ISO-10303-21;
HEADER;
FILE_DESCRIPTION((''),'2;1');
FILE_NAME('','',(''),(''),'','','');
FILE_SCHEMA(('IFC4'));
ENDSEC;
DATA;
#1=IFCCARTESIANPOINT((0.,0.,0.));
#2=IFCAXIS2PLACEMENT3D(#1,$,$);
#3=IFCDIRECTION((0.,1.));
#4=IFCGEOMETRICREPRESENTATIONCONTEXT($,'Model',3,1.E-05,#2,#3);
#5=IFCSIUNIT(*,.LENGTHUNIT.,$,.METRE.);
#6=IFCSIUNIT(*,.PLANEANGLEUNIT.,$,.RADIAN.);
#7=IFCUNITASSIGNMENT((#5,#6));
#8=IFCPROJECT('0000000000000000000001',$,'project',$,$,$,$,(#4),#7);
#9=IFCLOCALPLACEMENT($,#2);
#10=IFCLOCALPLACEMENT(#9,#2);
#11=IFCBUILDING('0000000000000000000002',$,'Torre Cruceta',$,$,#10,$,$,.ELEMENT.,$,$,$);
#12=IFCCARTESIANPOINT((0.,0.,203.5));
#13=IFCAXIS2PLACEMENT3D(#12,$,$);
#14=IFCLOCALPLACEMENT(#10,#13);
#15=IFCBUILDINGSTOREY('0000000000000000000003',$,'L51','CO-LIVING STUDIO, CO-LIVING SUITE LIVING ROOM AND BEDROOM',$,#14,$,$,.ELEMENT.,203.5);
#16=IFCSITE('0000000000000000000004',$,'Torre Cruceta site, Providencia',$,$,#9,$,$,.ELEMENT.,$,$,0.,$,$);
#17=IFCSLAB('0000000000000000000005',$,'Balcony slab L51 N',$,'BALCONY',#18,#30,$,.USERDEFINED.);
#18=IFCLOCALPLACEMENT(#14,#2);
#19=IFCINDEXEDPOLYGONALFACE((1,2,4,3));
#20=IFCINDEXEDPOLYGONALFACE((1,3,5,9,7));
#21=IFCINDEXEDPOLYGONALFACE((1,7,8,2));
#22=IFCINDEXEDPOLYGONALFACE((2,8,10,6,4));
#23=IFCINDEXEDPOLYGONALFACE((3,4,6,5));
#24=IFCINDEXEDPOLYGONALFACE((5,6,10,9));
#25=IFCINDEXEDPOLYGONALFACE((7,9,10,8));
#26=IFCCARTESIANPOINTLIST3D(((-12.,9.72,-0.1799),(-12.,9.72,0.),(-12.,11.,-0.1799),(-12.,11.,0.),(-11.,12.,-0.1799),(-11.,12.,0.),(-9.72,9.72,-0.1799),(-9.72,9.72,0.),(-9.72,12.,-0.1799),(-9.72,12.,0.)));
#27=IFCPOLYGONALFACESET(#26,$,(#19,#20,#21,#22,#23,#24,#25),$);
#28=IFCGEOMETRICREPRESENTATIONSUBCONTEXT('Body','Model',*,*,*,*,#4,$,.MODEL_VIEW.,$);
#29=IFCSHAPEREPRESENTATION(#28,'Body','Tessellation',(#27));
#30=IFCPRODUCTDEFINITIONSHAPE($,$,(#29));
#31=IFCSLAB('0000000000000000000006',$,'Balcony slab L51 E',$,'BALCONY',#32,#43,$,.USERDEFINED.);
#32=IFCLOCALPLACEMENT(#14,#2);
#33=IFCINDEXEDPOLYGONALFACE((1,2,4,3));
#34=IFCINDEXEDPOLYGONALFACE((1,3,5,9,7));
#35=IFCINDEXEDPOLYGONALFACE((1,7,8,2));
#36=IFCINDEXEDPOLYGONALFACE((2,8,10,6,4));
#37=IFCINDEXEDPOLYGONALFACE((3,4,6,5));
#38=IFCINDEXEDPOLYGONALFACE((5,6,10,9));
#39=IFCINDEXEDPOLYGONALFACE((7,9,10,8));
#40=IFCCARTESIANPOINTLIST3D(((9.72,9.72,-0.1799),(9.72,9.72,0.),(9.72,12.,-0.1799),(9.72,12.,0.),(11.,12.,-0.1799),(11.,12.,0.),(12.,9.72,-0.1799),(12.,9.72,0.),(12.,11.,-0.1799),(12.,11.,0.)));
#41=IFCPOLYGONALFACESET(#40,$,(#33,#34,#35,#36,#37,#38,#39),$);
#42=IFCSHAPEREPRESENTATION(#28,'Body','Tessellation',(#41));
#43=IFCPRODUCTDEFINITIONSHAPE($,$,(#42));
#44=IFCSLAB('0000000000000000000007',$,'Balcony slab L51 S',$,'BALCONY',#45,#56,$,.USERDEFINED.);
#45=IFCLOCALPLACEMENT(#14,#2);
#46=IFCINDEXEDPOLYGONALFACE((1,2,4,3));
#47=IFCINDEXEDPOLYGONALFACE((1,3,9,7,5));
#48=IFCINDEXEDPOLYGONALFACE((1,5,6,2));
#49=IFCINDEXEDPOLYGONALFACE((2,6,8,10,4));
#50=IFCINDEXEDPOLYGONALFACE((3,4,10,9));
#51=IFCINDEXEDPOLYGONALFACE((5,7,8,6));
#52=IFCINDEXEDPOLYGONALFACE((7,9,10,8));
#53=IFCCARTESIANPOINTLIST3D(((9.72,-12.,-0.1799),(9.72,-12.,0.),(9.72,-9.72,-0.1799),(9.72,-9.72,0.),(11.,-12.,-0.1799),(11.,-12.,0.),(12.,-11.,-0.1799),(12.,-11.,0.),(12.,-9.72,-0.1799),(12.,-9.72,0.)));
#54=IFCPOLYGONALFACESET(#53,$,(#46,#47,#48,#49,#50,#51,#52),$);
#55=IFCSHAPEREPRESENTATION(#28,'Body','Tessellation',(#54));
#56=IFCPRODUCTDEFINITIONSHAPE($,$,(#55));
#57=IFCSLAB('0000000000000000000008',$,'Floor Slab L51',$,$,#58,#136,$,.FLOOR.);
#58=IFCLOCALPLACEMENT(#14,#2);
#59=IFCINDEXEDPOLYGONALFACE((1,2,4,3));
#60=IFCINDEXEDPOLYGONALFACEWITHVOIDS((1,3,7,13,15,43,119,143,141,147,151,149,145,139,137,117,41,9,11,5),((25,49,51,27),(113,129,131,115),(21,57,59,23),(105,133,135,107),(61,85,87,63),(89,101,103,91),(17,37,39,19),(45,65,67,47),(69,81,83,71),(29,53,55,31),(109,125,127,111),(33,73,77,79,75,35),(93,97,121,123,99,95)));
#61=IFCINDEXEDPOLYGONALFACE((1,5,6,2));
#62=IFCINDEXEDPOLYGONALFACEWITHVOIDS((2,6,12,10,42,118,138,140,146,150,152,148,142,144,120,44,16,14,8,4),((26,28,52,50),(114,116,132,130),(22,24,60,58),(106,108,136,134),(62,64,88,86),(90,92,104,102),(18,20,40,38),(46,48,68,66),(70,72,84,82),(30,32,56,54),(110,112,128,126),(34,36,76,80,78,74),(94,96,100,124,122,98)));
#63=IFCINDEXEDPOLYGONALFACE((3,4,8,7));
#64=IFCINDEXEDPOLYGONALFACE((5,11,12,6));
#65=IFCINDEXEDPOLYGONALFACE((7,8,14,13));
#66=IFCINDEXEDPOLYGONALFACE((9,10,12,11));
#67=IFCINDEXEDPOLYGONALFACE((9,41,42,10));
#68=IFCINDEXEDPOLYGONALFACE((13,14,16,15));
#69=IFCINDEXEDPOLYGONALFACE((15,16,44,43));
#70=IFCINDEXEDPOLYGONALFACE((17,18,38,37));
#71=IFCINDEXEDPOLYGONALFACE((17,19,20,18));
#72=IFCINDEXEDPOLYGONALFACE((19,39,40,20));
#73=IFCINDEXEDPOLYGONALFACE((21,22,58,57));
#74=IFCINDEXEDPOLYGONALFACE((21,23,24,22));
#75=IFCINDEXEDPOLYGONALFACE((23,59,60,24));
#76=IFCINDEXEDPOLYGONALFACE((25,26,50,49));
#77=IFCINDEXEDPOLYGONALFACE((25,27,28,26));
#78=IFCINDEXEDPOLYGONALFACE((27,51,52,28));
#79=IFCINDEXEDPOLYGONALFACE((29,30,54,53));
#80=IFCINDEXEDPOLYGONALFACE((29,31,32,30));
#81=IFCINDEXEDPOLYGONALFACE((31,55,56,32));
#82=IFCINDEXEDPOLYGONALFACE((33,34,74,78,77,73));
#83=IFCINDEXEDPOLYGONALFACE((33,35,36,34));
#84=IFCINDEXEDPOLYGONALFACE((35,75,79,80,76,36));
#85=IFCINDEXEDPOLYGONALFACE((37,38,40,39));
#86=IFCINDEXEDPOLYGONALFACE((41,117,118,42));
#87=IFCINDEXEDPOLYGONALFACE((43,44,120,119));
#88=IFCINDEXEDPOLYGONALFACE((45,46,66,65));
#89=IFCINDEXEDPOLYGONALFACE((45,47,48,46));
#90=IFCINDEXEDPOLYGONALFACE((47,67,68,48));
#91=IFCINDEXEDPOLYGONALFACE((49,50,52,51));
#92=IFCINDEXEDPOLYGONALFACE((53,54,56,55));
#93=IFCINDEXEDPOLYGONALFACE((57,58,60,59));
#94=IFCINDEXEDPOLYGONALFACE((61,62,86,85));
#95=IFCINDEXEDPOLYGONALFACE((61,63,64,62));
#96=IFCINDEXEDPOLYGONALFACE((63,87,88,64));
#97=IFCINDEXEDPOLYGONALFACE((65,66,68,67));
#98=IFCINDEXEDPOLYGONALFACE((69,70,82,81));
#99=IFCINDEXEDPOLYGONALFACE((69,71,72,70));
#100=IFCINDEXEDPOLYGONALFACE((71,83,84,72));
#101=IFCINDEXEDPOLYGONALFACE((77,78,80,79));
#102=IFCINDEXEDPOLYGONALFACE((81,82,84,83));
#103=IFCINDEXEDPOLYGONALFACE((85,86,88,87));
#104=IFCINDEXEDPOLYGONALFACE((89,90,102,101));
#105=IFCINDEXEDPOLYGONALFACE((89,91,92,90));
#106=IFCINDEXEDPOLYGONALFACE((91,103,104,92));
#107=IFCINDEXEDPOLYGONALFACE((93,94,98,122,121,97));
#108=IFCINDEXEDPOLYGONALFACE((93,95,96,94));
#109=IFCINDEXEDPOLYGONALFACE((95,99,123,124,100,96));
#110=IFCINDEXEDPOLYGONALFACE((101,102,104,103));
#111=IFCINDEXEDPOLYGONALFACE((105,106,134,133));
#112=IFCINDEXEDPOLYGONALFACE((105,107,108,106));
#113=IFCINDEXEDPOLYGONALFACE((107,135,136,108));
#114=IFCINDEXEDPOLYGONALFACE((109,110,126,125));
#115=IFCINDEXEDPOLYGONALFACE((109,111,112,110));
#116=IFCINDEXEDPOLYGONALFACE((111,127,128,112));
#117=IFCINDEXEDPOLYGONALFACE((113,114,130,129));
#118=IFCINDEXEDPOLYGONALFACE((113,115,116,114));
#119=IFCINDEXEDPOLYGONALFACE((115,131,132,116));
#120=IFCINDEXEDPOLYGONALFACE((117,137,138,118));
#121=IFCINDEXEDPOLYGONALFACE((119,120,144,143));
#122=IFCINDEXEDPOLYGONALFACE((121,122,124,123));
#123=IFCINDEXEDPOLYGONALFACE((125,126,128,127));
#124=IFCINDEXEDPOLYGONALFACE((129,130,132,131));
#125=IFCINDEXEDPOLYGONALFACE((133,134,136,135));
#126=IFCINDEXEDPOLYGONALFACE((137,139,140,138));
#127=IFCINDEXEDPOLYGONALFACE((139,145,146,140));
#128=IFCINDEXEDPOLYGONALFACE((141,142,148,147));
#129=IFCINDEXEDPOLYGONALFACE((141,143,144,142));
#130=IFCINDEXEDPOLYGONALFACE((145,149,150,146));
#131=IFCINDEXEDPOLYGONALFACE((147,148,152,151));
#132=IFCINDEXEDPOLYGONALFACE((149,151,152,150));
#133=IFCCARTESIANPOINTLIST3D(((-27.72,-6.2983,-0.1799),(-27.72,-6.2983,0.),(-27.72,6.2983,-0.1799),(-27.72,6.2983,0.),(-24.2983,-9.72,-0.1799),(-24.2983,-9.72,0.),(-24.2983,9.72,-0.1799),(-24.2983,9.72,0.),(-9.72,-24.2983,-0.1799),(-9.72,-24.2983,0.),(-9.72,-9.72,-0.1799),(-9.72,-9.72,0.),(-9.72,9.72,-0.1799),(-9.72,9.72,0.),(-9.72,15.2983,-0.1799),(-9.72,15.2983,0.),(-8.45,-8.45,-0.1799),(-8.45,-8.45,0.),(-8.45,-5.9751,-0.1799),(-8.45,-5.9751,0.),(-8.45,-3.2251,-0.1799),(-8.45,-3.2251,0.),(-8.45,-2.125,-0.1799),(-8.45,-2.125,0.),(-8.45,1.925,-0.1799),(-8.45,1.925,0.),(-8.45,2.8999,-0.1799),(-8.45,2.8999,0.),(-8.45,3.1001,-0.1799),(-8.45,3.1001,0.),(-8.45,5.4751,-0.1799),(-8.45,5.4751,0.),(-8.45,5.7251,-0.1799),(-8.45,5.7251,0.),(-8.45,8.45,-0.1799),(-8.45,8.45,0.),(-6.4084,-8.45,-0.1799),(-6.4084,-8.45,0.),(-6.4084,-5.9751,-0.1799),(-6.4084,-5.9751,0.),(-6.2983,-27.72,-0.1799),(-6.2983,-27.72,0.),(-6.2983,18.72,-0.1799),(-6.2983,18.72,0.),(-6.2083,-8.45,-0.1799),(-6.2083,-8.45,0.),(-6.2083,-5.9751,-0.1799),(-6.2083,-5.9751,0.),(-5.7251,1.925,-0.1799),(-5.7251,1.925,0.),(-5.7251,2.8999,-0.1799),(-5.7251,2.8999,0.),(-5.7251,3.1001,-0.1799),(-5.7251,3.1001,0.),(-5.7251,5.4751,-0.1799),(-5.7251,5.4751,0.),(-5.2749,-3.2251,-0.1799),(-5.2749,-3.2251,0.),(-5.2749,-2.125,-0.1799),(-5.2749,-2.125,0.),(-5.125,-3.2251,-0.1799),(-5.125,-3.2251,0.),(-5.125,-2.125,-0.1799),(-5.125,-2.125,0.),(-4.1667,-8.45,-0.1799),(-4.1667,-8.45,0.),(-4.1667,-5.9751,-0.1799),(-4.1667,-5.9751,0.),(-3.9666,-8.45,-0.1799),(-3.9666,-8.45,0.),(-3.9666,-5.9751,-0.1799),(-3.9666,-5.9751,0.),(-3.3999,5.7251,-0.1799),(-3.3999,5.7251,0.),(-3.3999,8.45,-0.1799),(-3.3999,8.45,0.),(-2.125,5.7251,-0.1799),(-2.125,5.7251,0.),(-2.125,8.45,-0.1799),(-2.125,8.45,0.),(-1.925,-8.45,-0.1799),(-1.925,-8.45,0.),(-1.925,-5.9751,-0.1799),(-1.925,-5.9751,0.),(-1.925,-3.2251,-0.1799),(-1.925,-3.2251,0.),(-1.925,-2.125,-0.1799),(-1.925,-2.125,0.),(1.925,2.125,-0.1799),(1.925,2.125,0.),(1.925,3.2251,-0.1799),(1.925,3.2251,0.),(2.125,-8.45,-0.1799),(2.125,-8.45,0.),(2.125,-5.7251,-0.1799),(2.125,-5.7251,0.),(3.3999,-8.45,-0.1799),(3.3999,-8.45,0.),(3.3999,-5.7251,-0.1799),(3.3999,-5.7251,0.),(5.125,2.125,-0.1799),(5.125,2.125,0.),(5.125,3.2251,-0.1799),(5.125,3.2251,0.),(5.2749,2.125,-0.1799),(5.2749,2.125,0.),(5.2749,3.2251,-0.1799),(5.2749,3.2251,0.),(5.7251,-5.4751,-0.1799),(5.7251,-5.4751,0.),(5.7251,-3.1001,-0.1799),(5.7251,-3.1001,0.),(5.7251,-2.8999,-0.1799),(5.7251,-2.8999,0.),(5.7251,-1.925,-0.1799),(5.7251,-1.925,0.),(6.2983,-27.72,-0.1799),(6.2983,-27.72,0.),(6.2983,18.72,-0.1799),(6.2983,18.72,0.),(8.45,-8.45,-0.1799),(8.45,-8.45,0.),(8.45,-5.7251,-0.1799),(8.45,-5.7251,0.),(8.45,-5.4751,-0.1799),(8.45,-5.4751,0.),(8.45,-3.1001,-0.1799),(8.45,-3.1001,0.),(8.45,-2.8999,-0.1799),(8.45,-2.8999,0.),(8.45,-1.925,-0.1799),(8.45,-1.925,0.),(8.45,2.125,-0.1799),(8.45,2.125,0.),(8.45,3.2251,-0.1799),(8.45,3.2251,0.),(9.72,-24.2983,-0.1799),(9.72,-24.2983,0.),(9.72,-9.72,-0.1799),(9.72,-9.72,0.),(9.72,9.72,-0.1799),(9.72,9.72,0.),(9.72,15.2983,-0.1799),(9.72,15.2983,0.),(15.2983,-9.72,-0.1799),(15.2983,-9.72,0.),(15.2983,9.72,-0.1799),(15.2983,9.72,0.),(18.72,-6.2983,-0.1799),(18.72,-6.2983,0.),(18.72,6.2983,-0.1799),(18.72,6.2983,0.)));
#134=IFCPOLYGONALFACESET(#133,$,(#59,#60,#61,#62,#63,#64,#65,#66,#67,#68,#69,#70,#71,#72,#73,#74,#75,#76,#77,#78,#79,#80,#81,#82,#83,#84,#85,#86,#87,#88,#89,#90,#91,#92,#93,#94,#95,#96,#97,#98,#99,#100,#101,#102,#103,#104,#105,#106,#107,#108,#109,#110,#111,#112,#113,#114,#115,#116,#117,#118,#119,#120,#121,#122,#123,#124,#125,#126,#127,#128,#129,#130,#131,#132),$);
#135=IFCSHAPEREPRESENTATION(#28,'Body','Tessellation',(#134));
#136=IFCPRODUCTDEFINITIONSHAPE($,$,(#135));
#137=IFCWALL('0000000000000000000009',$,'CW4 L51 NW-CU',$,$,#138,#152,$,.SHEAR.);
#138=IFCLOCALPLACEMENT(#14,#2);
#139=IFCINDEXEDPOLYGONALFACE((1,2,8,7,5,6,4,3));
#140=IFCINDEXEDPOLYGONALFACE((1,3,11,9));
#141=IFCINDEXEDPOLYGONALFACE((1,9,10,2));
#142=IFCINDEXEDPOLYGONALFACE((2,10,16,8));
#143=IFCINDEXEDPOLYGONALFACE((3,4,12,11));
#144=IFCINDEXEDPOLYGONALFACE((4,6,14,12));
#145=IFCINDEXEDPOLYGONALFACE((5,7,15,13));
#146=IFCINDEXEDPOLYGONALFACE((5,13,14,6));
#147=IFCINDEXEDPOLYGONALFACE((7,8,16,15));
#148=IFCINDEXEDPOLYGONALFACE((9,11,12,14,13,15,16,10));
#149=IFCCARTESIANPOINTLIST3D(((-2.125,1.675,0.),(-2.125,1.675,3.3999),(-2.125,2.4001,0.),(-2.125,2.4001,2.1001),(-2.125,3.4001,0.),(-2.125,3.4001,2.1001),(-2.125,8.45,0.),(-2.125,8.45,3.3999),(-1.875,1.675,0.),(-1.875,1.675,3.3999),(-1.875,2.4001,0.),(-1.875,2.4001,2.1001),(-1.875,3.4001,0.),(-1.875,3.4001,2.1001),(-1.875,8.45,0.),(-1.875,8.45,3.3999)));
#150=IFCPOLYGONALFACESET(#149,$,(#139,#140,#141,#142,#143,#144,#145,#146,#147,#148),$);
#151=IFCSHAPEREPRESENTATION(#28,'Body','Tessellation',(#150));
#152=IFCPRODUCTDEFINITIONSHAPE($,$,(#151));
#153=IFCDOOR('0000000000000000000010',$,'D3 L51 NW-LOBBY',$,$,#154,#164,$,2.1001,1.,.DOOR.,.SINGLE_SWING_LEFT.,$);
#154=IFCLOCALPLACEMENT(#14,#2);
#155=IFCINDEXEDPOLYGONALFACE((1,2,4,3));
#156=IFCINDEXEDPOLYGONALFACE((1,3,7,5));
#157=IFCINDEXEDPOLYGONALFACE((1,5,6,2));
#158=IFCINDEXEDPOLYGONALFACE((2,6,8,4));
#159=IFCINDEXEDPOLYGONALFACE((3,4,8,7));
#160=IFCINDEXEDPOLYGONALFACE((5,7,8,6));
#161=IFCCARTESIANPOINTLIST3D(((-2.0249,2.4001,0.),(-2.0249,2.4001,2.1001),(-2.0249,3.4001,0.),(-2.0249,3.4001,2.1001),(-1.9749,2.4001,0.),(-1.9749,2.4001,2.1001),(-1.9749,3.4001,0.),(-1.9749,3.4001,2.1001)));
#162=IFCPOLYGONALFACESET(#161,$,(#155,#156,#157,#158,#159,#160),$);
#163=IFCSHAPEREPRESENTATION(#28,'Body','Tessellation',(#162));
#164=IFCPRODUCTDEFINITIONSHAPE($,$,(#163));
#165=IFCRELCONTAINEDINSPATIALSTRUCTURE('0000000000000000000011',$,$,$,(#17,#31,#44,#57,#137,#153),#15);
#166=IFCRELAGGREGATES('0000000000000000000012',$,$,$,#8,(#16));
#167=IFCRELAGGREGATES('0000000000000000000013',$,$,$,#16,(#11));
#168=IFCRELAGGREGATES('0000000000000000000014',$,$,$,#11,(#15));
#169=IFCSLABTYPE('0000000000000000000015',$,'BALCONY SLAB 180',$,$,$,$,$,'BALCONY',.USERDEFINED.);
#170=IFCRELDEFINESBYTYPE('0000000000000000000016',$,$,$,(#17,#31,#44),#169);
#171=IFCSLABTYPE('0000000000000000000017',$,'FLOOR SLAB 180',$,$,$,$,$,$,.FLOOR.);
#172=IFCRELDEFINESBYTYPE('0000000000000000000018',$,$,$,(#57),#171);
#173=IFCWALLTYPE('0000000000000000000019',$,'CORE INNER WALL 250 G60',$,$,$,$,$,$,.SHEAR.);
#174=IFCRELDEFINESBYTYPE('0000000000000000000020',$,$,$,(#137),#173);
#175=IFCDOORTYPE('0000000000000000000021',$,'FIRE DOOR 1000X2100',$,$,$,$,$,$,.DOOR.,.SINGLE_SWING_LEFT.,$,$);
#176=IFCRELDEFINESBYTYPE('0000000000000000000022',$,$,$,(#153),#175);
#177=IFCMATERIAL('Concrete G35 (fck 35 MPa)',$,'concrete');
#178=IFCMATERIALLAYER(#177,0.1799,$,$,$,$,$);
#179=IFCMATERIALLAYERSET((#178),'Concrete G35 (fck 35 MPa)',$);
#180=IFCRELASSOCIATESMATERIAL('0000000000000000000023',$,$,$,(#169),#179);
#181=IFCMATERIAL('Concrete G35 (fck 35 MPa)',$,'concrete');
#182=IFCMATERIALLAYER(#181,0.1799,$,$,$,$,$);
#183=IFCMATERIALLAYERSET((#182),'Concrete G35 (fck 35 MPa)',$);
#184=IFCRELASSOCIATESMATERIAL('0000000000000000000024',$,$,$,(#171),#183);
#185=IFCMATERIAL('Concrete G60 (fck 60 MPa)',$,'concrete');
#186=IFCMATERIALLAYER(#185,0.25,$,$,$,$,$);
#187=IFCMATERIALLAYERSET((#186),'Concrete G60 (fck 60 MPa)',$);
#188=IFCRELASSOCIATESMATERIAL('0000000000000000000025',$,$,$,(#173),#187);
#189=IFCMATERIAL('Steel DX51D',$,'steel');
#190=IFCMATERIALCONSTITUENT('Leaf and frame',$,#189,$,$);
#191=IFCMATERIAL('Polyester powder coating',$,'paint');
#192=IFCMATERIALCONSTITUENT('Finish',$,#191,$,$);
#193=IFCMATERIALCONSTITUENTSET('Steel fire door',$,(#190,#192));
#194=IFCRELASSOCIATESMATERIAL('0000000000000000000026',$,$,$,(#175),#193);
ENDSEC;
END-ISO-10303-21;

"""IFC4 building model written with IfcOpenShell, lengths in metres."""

from ifc_helpers import new_model, si_unit, direction, frame, frame_2d, origin, place, context, subcontext, project, spatial, polyline, rectangle, outline, extrude, material, layer, layer_set, constituent, constituent_set, type_object, element, fill, save


model = new_model("IFC4")

# Units and contexts
model_context = context("Model", 3, precision=1e-05, world=origin(), true_north=direction((0.0, 1.0)))
body_context = subcontext(model_context, "Body", "Model", "MODEL_VIEW")
ifc_project = project(units=[si_unit("LENGTHUNIT", "METRE"), si_unit("PLANEANGLEUNIT", "RADIAN")], contexts=[model_context])

# Site, building, storey
site_placement = place(None, origin())
site = spatial("IfcSite", under=ifc_project, at=site_placement, Name="Torre Cruceta site, Providencia", CompositionType="ELEMENT", RefElevation=0.0)
building_placement = place(site_placement, origin())
building = spatial("IfcBuilding", under=site, at=building_placement, Name="Torre Cruceta", CompositionType="ELEMENT")
storey_placement = place(building_placement, frame((0.0, 0.0, 203.5)))
storey = spatial("IfcBuildingStorey", under=building, at=storey_placement, Name="L51", Description="CO-LIVING STUDIO, CO-LIVING SUITE LIVING ROOM AND BEDROOM", CompositionType="ELEMENT", Elevation=203.5)

# Slabs
ifc_material_1 = material(Name="Concrete G35 (fck 35 MPa)", Category="concrete")
ifc_layer_1 = layer(ifc_material_1, 0.1799)
ifc_layer_set_1 = layer_set([ifc_layer_1], Name="Concrete G35 (fck 35 MPa)")
slab_type_1 = type_object("IfcSlabType", Name="BALCONY SLAB 180", ElementType="BALCONY", PredefinedType="USERDEFINED", material=ifc_layer_set_1)
slab_1_placement = place(storey_placement, frame((0.0, 0.0, -0.1799)))
element("IfcSlab", 1, at=slab_1_placement, inside=storey, type_object=slab_type_1, Name="Balcony slab L51 N", ObjectType="BALCONY", PredefinedType="USERDEFINED", context=body_context, shape_type="SweptSolid", body=[
    extrude(outline(polyline([(-12.0, 11.0), (-11.0, 12.0), (-9.72, 12.0), (-9.72, 9.72), (-12.0, 9.72), (-12.0, 11.0)])), origin(), (0.0, 0.0, 1.0), 0.1799),
])
slab_2_placement = place(storey_placement, frame((0.0, 0.0, -0.1799)))
element("IfcSlab", 2, at=slab_2_placement, inside=storey, type_object=slab_type_1, Name="Balcony slab L51 E", ObjectType="BALCONY", PredefinedType="USERDEFINED", context=body_context, shape_type="SweptSolid", body=[
    extrude(outline(polyline([(11.0, 12.0), (12.0, 11.0), (12.0, 9.72), (9.72, 9.72), (9.72, 12.0), (11.0, 12.0)])), origin(), (0.0, 0.0, 1.0), 0.1799),
])
slab_3_placement = place(storey_placement, frame((0.0, 0.0, -0.1799)))
element("IfcSlab", 3, at=slab_3_placement, inside=storey, type_object=slab_type_1, Name="Balcony slab L51 S", ObjectType="BALCONY", PredefinedType="USERDEFINED", context=body_context, shape_type="SweptSolid", body=[
    extrude(outline(polyline([(12.0, -11.0), (11.0, -12.0), (9.72, -12.0), (9.72, -9.72), (12.0, -9.72), (12.0, -11.0)])), origin(), (0.0, 0.0, 1.0), 0.1799),
])
ifc_material_2 = material(Name="Concrete G35 (fck 35 MPa)", Category="concrete")
ifc_layer_2 = layer(ifc_material_2, 0.1799)
ifc_layer_set_2 = layer_set([ifc_layer_2], Name="Concrete G35 (fck 35 MPa)")
slab_type_2 = type_object("IfcSlabType", Name="FLOOR SLAB 180", PredefinedType="FLOOR", material=ifc_layer_set_2)
slab_4_placement = place(storey_placement, frame((0.0, 0.0, -0.1799)))
element("IfcSlab", 4, at=slab_4_placement, inside=storey, type_object=slab_type_2, Name="Floor Slab L51", PredefinedType="FLOOR", context=body_context, shape_type="SweptSolid", body=[
    extrude(outline(polyline([(9.72, -9.72), (9.72, -24.2983), (6.2983, -27.72), (-6.2983, -27.72), (-9.72, -24.2983), (-9.72, -9.72), (-24.2983, -9.72), (-27.72, -6.2983), (-27.72, 6.2983), (-24.2983, 9.72), (-9.72, 9.72), (-9.72, 15.2983), (-6.2983, 18.72), (6.2983, 18.72), (9.72, 15.2983), (9.72, 9.72), (15.2983, 9.72), (18.72, 6.2983), (18.72, -6.2983), (15.2983, -9.72), (9.72, -9.72)]), holes=[polyline([(1.925, 2.125), (5.125, 2.125), (5.125, 3.2251), (1.925, 3.2251), (1.925, 2.125)]), polyline([(5.2749, 2.125), (8.45, 2.125), (8.45, 3.2251), (5.2749, 3.2251), (5.2749, 2.125)]), polyline([(-8.45, 3.1001), (-5.7251, 3.1001), (-5.7251, 5.4751), (-8.45, 5.4751), (-8.45, 3.1001)]), polyline([(-8.45, 1.925), (-5.7251, 1.925), (-5.7251, 2.8999), (-8.45, 2.8999), (-8.45, 1.925)]), polyline([(-3.9666, -8.45), (-1.925, -8.45), (-1.925, -5.9751), (-3.9666, -5.9751), (-3.9666, -8.45)]), polyline([(-6.2083, -8.45), (-4.1667, -8.45), (-4.1667, -5.9751), (-6.2083, -5.9751), (-6.2083, -8.45)]), polyline([(-8.45, -8.45), (-6.4084, -8.45), (-6.4084, -5.9751), (-8.45, -5.9751), (-8.45, -8.45)]), polyline([(-5.125, -3.2251), (-1.925, -3.2251), (-1.925, -2.125), (-5.125, -2.125), (-5.125, -3.2251)]), polyline([(-8.45, -3.2251), (-5.2749, -3.2251), (-5.2749, -2.125), (-8.45, -2.125), (-8.45, -3.2251)]), polyline([(5.7251, -5.4751), (8.45, -5.4751), (8.45, -3.1001), (5.7251, -3.1001), (5.7251, -5.4751)]), polyline([(5.7251, -2.8999), (8.45, -2.8999), (8.45, -1.925), (5.7251, -1.925), (5.7251, -2.8999)]), polyline([(-8.45, 5.7251), (-8.45, 8.45), (-3.3999, 8.45), (-2.125, 8.45), (-2.125, 5.7251), (-3.3999, 5.7251), (-8.45, 5.7251)]), polyline([(2.125, -5.7251), (3.3999, -5.7251), (8.45, -5.7251), (8.45, -8.45), (3.3999, -8.45), (2.125, -8.45), (2.125, -5.7251)])]), origin(), (0.0, 0.0, 1.0), 0.1799),
])

# Wall, opening, door
ifc_material_3 = material(Name="Concrete G60 (fck 60 MPa)", Category="concrete")
ifc_layer_3 = layer(ifc_material_3, 0.25)
ifc_layer_set_3 = layer_set([ifc_layer_3], Name="Concrete G60 (fck 60 MPa)")
wall_type_1 = type_object("IfcWallType", Name="CORE INNER WALL 250 G60", PredefinedType="SHEAR", material=ifc_layer_set_3)
wall_1_placement = place(storey_placement, frame((-2.0, 1.675, 0.0), z_axis=(0.0, 0.0, 1.0), x_axis=(0.0, 1.0, 0.0)))
wall_1 = element("IfcWall", 5, at=wall_1_placement, inside=storey, type_object=wall_type_1, Name="CW4 L51 NW-CU", PredefinedType="SHEAR", context=body_context, shape_type="SweptSolid", body=[
    extrude(rectangle(XDim=6.7749, YDim=0.25, at=frame_2d((3.3875, 0.0))), origin(), (0.0, 0.0, 1.0), 3.3999),
])
opening_1_placement = place(wall_1_placement, frame((0.7251, 0.0, 0.0)))
opening_1 = element("IfcOpeningElement", 6, at=opening_1_placement, cuts=wall_1, PredefinedType="OPENING", context=body_context, shape_type="SweptSolid", body=[
    extrude(rectangle(XDim=1.0, YDim=2.1001, at=frame_2d((0.5, 1.05))), frame((0.0, 0.135, 0.0), z_axis=(0.0, -1.0, 0.0), x_axis=(1.0, 0.0, 0.0)), (0.0, 0.0, 1.0), 0.27),
])
ifc_material_4 = material(Name="Steel DX51D", Category="steel")
ifc_constituent_1 = constituent(ifc_material_4, Name="Leaf and frame")
ifc_material_5 = material(Name="Polyester powder coating", Category="paint")
ifc_constituent_2 = constituent(ifc_material_5, Name="Finish")
ifc_constituent_set_1 = constituent_set(constituents=[ifc_constituent_1, ifc_constituent_2], Name="Steel fire door")
door_type_1 = type_object("IfcDoorType", Name="FIRE DOOR 1000X2100", OperationType="SINGLE_SWING_LEFT", PredefinedType="DOOR", material=ifc_constituent_set_1)
door_1_placement = place(opening_1_placement, origin())
door_1 = element("IfcDoor", 7, at=door_1_placement, inside=storey, type_object=door_type_1, Name="D3 L51 NW-LOBBY", OperationType="SINGLE_SWING_LEFT", OverallHeight=2.1001, OverallWidth=1.0, PredefinedType="DOOR", context=body_context, shape_type="SweptSolid", body=[
    extrude(rectangle(XDim=1.0, YDim=2.1001, at=frame_2d((0.5, 1.05))), frame((0.0, 0.0249, 0.0), z_axis=(0.0, -1.0, 0.0), x_axis=(1.0, 0.0, 0.0)), (0.0, 0.0, 1.0), 0.05),
])
fill(opening_1, door_1)

save(model, "model.ifc")
